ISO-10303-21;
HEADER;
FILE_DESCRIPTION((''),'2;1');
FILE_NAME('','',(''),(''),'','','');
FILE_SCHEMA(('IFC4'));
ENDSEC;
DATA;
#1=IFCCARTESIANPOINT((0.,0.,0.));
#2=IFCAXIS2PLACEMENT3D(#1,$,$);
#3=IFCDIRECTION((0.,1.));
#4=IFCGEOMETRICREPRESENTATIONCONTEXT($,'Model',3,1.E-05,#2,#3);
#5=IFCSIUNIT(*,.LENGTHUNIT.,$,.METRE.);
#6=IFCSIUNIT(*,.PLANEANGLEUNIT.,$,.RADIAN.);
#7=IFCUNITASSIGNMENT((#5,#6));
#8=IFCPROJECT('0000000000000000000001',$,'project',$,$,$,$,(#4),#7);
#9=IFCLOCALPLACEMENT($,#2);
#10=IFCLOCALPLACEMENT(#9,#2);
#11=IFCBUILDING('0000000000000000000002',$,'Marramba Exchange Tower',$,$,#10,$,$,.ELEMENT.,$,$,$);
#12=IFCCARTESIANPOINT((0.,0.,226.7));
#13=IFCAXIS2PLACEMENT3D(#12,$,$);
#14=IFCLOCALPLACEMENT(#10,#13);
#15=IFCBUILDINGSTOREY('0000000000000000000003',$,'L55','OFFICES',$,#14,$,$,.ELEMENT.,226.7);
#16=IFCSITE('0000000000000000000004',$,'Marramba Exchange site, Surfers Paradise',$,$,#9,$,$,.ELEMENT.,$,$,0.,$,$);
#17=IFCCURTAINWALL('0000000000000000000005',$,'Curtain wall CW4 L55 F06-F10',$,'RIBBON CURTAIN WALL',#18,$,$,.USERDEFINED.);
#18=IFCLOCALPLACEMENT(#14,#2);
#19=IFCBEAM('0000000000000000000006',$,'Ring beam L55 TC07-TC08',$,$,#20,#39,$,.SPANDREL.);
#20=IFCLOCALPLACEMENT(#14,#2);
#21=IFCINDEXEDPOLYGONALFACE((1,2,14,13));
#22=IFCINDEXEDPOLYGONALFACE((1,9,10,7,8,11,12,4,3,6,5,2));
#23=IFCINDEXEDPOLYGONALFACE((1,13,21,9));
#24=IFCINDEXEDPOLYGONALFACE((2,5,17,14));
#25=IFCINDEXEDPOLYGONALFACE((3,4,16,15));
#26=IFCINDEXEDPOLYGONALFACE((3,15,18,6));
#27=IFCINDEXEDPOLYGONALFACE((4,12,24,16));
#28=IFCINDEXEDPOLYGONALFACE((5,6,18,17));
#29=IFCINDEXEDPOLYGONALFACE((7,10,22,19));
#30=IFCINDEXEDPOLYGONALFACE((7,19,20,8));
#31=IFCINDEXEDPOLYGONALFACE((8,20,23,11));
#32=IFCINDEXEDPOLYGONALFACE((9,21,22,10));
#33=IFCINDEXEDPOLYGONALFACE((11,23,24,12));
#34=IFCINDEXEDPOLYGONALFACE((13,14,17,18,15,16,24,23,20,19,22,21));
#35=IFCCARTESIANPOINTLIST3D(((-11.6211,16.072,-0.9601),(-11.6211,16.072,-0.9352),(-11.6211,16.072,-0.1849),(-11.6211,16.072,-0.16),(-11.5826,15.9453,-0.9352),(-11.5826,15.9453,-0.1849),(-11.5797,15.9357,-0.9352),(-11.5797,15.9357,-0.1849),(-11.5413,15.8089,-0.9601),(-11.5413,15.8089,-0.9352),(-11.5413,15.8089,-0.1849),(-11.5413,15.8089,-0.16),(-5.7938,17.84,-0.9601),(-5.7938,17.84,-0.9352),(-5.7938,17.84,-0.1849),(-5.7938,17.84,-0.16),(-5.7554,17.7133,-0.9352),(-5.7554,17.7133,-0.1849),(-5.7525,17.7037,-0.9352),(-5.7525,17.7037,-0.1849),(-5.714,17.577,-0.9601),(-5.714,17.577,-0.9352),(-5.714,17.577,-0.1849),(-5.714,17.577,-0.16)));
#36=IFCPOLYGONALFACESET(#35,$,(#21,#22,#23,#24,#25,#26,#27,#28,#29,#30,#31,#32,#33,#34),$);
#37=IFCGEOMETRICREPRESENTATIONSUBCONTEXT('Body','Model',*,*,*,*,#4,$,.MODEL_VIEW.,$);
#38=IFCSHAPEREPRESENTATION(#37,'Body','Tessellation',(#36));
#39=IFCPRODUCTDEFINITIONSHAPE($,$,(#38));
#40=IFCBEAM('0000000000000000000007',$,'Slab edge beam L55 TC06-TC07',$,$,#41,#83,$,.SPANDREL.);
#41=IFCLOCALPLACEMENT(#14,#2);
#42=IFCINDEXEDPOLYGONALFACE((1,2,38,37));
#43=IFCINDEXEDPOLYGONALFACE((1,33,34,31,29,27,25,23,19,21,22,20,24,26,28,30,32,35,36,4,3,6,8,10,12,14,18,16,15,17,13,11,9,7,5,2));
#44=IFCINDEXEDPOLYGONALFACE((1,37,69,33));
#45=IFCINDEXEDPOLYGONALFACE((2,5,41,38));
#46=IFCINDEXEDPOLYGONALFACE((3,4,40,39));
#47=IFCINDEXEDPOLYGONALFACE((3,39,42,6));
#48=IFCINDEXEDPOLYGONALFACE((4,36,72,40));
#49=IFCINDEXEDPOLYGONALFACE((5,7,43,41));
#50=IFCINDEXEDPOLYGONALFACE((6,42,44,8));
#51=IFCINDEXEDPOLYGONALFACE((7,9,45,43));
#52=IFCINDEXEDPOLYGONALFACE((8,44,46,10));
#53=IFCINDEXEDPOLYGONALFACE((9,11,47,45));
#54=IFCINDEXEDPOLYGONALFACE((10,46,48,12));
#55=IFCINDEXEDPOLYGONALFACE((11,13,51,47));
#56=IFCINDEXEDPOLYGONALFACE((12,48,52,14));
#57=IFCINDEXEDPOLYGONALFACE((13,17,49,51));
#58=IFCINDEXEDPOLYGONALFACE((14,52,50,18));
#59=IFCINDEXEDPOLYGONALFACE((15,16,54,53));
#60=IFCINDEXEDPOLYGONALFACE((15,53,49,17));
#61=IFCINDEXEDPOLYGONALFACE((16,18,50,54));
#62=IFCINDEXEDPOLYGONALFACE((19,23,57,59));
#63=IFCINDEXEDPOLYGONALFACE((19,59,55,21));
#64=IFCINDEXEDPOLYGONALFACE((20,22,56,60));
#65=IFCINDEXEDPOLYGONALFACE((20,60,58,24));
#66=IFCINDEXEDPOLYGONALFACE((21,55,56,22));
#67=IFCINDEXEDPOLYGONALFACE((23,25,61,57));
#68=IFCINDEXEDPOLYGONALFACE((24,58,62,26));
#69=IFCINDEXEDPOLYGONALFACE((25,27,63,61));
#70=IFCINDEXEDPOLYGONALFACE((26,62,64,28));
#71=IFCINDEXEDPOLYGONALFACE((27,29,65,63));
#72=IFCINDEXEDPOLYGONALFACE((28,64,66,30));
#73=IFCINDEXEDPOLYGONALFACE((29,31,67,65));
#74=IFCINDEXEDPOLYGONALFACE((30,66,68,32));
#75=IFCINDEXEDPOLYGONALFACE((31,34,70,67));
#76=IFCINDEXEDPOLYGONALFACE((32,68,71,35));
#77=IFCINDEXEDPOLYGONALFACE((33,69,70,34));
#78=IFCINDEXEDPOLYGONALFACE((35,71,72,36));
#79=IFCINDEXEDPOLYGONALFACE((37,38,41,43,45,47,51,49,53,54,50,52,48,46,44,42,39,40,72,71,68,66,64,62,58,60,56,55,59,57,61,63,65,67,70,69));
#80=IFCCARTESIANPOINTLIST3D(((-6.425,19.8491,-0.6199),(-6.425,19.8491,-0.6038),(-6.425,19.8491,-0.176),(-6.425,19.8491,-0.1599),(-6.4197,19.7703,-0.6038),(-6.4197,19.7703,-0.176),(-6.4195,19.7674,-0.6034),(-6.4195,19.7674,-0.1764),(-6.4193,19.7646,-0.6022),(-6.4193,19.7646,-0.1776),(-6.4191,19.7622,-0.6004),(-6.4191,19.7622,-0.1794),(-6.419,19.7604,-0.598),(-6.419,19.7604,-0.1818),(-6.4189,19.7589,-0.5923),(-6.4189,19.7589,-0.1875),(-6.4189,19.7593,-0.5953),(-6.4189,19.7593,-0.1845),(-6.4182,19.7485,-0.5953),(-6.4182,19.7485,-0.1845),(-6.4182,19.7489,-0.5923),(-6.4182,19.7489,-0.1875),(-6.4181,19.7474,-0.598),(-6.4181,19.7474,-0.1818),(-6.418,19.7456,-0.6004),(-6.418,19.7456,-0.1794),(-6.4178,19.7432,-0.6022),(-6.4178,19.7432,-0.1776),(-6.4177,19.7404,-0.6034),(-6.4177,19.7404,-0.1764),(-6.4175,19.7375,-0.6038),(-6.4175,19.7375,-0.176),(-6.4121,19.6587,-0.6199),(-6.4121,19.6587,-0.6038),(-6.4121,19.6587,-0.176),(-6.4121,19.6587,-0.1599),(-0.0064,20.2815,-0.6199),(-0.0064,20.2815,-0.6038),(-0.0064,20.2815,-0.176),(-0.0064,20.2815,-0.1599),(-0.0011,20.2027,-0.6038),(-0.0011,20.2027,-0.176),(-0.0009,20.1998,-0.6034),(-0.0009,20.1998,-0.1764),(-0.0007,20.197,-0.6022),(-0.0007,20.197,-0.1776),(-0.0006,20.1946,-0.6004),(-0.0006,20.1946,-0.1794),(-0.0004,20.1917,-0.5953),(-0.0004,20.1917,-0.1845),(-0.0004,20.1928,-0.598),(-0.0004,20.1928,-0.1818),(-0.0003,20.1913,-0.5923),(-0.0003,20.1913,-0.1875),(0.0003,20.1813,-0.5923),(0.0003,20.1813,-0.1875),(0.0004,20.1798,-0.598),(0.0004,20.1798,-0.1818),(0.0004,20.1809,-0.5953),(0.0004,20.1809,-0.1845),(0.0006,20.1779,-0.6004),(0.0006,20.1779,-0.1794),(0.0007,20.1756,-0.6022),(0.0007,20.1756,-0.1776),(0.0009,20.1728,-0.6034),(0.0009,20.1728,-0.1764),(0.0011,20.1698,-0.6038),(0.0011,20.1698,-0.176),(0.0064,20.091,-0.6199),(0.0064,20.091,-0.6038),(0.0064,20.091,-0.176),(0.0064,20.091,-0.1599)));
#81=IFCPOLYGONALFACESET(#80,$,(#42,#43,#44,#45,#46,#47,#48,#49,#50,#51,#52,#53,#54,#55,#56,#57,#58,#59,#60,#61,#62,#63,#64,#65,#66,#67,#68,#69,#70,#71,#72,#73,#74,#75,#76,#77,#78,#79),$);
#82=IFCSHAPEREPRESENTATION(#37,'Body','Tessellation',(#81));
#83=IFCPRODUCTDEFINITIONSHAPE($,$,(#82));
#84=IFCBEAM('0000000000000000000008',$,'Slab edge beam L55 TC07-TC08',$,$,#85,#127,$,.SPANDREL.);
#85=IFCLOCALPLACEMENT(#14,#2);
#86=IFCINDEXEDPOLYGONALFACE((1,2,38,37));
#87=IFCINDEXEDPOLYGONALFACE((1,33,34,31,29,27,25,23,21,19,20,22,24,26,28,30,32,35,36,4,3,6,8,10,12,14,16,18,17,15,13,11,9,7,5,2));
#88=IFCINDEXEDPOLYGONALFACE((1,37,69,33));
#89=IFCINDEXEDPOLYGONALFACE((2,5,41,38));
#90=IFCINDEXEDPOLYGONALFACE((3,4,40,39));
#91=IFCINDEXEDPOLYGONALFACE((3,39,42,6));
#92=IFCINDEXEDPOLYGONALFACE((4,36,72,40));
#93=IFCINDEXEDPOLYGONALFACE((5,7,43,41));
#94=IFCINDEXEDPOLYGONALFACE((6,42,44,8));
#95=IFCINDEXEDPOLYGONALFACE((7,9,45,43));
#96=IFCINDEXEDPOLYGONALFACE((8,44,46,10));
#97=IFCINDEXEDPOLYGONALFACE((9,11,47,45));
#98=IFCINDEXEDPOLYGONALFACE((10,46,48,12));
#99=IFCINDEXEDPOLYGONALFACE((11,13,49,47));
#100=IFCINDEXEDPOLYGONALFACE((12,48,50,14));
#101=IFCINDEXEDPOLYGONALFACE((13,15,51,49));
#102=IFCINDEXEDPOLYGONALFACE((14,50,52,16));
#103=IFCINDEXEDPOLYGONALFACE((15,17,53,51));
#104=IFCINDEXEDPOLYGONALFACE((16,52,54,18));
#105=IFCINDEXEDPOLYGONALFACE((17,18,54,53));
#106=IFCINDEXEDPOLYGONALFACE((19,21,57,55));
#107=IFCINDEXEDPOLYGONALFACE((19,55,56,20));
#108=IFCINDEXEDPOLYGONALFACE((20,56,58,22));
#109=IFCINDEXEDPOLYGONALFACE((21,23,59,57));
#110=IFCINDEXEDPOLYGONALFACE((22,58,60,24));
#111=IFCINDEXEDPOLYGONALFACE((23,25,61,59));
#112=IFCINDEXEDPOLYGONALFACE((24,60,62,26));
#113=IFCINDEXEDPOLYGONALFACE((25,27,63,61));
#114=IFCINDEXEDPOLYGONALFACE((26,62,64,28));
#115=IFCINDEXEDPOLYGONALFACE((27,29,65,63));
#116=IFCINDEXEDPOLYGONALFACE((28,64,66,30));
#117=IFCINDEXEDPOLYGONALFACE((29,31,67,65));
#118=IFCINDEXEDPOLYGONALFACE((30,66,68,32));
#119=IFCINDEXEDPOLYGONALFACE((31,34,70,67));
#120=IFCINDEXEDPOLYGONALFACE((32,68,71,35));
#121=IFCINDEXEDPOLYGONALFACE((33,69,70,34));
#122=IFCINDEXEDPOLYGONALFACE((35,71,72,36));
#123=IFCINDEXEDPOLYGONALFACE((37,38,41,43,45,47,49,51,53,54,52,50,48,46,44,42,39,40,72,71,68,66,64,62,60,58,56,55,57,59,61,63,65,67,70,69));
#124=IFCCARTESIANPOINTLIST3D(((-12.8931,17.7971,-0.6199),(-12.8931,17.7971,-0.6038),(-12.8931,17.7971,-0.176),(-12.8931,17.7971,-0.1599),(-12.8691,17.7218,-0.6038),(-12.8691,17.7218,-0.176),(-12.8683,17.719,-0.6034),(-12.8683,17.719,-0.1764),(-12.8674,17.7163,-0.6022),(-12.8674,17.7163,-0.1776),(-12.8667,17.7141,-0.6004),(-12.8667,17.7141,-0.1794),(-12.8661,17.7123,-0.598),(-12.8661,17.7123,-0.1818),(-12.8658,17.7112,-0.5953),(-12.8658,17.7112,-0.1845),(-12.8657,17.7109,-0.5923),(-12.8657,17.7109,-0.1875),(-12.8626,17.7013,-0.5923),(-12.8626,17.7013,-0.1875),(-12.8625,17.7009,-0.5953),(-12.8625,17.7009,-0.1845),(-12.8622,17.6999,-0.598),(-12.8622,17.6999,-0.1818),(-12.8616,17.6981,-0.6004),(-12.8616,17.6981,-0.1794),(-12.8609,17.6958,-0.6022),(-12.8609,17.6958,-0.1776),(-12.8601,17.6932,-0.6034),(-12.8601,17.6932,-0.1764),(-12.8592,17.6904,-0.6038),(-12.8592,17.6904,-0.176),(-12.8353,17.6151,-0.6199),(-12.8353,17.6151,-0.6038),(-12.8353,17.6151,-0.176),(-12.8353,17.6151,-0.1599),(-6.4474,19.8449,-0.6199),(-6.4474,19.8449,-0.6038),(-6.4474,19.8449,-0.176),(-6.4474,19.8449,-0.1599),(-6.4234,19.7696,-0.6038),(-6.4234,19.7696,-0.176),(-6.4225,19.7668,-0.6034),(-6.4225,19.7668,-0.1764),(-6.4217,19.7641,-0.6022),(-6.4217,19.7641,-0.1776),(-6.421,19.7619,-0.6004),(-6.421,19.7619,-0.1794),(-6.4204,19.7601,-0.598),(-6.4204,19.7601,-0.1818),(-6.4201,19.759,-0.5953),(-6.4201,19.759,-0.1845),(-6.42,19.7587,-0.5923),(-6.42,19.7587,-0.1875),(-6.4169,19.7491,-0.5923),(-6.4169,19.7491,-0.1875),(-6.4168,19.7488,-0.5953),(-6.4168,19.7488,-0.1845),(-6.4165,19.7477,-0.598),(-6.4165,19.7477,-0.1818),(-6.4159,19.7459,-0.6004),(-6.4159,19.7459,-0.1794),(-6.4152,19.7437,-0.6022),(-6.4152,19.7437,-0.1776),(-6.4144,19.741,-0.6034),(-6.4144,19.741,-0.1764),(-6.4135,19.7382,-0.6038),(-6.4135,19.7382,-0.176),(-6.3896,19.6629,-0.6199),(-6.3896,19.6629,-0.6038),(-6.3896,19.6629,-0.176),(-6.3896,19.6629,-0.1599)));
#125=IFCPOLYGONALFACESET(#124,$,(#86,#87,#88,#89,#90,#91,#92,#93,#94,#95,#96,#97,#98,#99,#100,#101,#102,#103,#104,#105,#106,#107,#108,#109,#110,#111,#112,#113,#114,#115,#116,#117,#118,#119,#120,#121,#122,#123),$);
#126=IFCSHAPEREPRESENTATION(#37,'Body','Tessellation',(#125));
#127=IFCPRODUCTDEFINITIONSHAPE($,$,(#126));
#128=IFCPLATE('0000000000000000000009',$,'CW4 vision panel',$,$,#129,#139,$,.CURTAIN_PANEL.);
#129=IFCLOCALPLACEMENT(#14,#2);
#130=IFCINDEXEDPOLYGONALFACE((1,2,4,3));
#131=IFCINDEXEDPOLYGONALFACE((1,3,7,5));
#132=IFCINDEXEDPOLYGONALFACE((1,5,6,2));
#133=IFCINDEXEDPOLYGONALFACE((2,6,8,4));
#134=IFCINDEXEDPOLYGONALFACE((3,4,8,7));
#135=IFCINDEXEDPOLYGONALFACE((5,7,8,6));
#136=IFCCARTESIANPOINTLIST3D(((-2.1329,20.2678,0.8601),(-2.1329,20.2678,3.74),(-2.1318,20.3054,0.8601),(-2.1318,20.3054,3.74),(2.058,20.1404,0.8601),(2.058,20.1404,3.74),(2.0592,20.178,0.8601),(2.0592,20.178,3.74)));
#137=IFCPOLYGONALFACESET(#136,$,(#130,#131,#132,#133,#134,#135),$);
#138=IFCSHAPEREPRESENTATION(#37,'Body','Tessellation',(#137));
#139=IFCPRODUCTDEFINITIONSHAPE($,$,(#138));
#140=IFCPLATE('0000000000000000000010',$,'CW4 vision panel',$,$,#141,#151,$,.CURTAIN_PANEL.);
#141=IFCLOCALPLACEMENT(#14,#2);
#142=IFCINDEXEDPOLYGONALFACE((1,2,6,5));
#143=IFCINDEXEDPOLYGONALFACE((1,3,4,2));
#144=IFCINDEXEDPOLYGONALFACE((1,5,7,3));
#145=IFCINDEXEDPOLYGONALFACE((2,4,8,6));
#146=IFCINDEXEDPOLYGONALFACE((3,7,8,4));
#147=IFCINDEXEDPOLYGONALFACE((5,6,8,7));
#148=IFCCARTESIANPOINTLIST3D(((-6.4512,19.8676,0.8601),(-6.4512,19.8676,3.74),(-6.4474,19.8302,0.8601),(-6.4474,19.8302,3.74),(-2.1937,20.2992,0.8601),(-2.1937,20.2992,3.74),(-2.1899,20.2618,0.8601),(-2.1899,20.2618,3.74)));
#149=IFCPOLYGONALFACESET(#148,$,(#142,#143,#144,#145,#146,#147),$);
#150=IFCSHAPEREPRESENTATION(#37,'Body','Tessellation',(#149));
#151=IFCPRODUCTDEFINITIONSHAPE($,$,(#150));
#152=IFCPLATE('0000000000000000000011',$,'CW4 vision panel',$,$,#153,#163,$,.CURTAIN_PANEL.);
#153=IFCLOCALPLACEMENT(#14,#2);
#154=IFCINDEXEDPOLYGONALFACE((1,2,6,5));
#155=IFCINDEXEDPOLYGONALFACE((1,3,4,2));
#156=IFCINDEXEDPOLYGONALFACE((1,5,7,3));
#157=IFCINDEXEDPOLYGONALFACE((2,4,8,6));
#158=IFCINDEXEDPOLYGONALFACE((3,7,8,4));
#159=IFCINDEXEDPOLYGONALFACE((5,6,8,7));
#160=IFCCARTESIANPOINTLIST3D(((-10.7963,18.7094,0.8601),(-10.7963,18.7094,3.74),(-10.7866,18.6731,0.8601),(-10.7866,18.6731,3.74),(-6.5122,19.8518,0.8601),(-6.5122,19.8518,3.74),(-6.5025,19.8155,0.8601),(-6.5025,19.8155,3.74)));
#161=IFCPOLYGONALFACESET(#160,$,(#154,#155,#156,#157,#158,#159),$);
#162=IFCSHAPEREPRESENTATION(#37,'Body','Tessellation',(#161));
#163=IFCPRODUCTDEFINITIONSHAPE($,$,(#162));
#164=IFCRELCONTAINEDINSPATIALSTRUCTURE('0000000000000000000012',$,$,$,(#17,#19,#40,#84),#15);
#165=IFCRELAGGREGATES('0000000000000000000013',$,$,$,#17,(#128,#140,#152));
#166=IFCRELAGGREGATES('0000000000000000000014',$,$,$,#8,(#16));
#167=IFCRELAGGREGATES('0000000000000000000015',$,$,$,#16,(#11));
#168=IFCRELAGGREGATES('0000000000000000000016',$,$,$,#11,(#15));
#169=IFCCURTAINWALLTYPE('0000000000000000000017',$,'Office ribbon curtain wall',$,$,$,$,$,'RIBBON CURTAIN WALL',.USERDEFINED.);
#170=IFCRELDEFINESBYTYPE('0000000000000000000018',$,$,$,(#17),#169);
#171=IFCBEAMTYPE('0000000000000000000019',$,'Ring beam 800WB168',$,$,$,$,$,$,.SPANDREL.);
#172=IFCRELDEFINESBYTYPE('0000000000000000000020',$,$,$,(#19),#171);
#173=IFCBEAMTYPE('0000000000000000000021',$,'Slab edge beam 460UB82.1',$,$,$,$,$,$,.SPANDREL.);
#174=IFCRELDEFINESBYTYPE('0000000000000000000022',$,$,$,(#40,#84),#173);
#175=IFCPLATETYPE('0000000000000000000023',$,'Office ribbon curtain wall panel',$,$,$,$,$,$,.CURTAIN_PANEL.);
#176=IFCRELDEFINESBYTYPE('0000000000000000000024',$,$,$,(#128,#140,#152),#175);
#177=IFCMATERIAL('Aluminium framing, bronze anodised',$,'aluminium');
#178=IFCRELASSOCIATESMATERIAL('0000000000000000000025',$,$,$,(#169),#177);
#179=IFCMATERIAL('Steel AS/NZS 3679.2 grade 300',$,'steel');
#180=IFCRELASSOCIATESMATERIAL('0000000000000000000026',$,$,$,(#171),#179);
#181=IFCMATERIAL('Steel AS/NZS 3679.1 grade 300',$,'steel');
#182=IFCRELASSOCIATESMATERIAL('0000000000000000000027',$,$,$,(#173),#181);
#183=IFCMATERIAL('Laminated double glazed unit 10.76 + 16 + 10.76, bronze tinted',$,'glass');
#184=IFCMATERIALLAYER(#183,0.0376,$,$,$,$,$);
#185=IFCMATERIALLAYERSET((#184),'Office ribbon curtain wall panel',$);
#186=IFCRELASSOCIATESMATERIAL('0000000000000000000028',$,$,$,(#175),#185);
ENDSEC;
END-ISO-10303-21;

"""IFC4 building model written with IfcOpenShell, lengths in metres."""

from ifc_helpers import new_model, si_unit, direction, frame, origin, origin_2d, place, context, subcontext, project, spatial, rectangle, i_section, extrude, material, layer, layer_set, material_profile, profile_set, type_object, element, aggregate, save


model = new_model("IFC4")

# Units and contexts
model_context = context("Model", 3, precision=1e-05, world=origin(), true_north=direction((0.0, 1.0)))
body_context = subcontext(model_context, "Body", "Model", "MODEL_VIEW")
ifc_project = project(units=[si_unit("LENGTHUNIT", "METRE"), si_unit("PLANEANGLEUNIT", "RADIAN")], contexts=[model_context])

# Site, building, storey
site_placement = place(None, origin())
site = spatial("IfcSite", under=ifc_project, at=site_placement, Name="Marramba Exchange site, Surfers Paradise", CompositionType="ELEMENT", RefElevation=0.0)
building_placement = place(site_placement, origin())
building = spatial("IfcBuilding", under=site, at=building_placement, Name="Marramba Exchange Tower", CompositionType="ELEMENT")
storey_placement = place(building_placement, frame((0.0, 0.0, 226.7)))
storey = spatial("IfcBuildingStorey", under=building, at=storey_placement, Name="L55", Description="OFFICES", CompositionType="ELEMENT", Elevation=226.7)

# Shared definitions
ifc_material_1 = material(Name="Steel AS/NZS 3679.2 grade 300", Category="steel")

# Curtain wall
ifc_material_2 = material(Name="Aluminium framing, bronze anodised", Category="aluminium")
curtain_wall_type = type_object("IfcCurtainWallType", Name="Office ribbon curtain wall", ElementType="RIBBON CURTAIN WALL", PredefinedType="USERDEFINED", material=ifc_material_2)
curtain_wall_1_placement = place(storey_placement, origin())
curtain_wall_1 = element("IfcCurtainWall", 1, at=curtain_wall_1_placement, inside=storey, type_object=curtain_wall_type, Name="Curtain wall CW4 L55 F06-F10", ObjectType="RIBBON CURTAIN WALL", PredefinedType="USERDEFINED")

# Beams
ifc_material_profile_1 = material_profile(ifc_material_1, i_section(OverallWidth=0.2749, OverallDepth=0.8, WebThickness=0.01, FlangeThickness=0.0249, at=origin_2d()), Name="800WB168")
ifc_profile_set_1 = profile_set([ifc_material_profile_1], Name="Steel AS/NZS 3679.2 grade 300")
beam_type_1 = type_object("IfcBeamType", Name="Ring beam 800WB168", PredefinedType="SPANDREL", material=ifc_profile_set_1)
beam_1_placement = place(storey_placement, frame((-5.7539, 17.7085, -0.5601), z_axis=(-0.956925, -0.290337, 0.0), x_axis=(0.290337, -0.956925, 0.0)))
element("IfcBeam", 2, at=beam_1_placement, inside=storey, type_object=beam_type_1, Name="Ring beam L55 TC07-TC08", PredefinedType="SPANDREL", context=body_context, shape_type="SweptSolid", body=[
    extrude(i_section(OverallWidth=0.2749, OverallDepth=0.8, WebThickness=0.01, FlangeThickness=0.0249, at=origin_2d()), origin(), (0.0, 0.0, 1.0), 6.0896),
])
ifc_material_3 = material(Name="Steel AS/NZS 3679.1 grade 300", Category="steel")
ifc_material_profile_2 = material_profile(ifc_material_3, i_section(OverallWidth=0.1909, OverallDepth=0.46, WebThickness=0.01, FlangeThickness=0.0161, FilletRadius=0.0115, at=origin_2d()), Name="460UB82.1")
ifc_profile_set_2 = profile_set([ifc_material_profile_2], Name="Steel AS/NZS 3679.1 grade 300")
beam_type_2 = type_object("IfcBeamType", Name="Slab edge beam 460UB82.1", PredefinedType="SPANDREL", material=ifc_profile_set_2)
beam_2_placement = place(storey_placement, frame((0.0, 20.1863, -0.3899), z_axis=(-0.997739, -0.067212, 0.0), x_axis=(0.067212, -0.997739, 0.0)))
element("IfcBeam", 3, at=beam_2_placement, inside=storey, type_object=beam_type_2, Name="Slab edge beam L55 TC06-TC07", PredefinedType="SPANDREL", context=body_context, shape_type="SweptSolid", body=[
    extrude(i_section(OverallWidth=0.1909, OverallDepth=0.46, WebThickness=0.01, FlangeThickness=0.0161, FilletRadius=0.0115, at=origin_2d()), origin(), (0.0, 0.0, 1.0), 6.4331),
])
beam_3_placement = place(storey_placement, frame((-6.4185, 19.7539, -0.3899), z_axis=(-0.953057, -0.302789, 0.0), x_axis=(0.302789, -0.953057, 0.0)))
element("IfcBeam", 4, at=beam_3_placement, inside=storey, type_object=beam_type_2, Name="Slab edge beam L55 TC07-TC08", PredefinedType="SPANDREL", context=body_context, shape_type="SweptSolid", body=[
    extrude(i_section(OverallWidth=0.1909, OverallDepth=0.46, WebThickness=0.01, FlangeThickness=0.0161, FilletRadius=0.0115, at=origin_2d()), origin(), (0.0, 0.0, 1.0), 6.7632),
])

# Plates
ifc_material_4 = material(Name="Laminated double glazed unit 10.76 + 16 + 10.76, bronze tinted", Category="glass")
ifc_layer_1 = layer(ifc_material_4, 0.0376)
ifc_layer_set_1 = layer_set([ifc_layer_1], Name="Office ribbon curtain wall panel")
plate_type = type_object("IfcPlateType", Name="Office ribbon curtain wall panel", PredefinedType="CURTAIN_PANEL", material=ifc_layer_set_1)
plate_1_placement = place(storey_placement, frame((-0.0369, 20.2229, 0.8601), z_axis=(0.0, 0.0, 1.0), x_axis=(-0.999538, 0.030394, 0.0)))
plate_1 = element("IfcPlate", 5, at=plate_1_placement, type_object=plate_type, Name="CW4 vision panel", PredefinedType="CURTAIN_PANEL", context=body_context, shape_type="SweptSolid", body=[
    extrude(rectangle(XDim=4.1929, YDim=0.0376, at=origin_2d()), origin(), (0.0, 0.0, 1.0), 2.8799),
])
plate_2_placement = place(storey_placement, frame((-4.3206, 20.0647, 0.8601), z_axis=(0.0, 0.0, 1.0), x_axis=(-0.9949, -0.100863, 0.0)))
plate_2 = element("IfcPlate", 6, at=plate_2_placement, type_object=plate_type, Name="CW4 vision panel", PredefinedType="CURTAIN_PANEL", context=body_context, shape_type="SweptSolid", body=[
    extrude(rectangle(XDim=4.2793, YDim=0.0376, at=origin_2d()), origin(), (0.0, 0.0, 1.0), 2.8799),
])
plate_3_placement = place(storey_placement, frame((-8.6494, 19.2625, 0.8601), z_axis=(0.0, 0.0, 1.0), x_axis=(-0.966241, -0.257641, 0.0)))
plate_3 = element("IfcPlate", 7, at=plate_3_placement, type_object=plate_type, Name="CW4 vision panel", PredefinedType="CURTAIN_PANEL", context=body_context, shape_type="SweptSolid", body=[
    extrude(rectangle(XDim=4.4338, YDim=0.0376, at=origin_2d()), origin(), (0.0, 0.0, 1.0), 2.8799),
])
aggregate(curtain_wall_1, [plate_1, plate_2, plate_3])

save(model, "model.ifc")
